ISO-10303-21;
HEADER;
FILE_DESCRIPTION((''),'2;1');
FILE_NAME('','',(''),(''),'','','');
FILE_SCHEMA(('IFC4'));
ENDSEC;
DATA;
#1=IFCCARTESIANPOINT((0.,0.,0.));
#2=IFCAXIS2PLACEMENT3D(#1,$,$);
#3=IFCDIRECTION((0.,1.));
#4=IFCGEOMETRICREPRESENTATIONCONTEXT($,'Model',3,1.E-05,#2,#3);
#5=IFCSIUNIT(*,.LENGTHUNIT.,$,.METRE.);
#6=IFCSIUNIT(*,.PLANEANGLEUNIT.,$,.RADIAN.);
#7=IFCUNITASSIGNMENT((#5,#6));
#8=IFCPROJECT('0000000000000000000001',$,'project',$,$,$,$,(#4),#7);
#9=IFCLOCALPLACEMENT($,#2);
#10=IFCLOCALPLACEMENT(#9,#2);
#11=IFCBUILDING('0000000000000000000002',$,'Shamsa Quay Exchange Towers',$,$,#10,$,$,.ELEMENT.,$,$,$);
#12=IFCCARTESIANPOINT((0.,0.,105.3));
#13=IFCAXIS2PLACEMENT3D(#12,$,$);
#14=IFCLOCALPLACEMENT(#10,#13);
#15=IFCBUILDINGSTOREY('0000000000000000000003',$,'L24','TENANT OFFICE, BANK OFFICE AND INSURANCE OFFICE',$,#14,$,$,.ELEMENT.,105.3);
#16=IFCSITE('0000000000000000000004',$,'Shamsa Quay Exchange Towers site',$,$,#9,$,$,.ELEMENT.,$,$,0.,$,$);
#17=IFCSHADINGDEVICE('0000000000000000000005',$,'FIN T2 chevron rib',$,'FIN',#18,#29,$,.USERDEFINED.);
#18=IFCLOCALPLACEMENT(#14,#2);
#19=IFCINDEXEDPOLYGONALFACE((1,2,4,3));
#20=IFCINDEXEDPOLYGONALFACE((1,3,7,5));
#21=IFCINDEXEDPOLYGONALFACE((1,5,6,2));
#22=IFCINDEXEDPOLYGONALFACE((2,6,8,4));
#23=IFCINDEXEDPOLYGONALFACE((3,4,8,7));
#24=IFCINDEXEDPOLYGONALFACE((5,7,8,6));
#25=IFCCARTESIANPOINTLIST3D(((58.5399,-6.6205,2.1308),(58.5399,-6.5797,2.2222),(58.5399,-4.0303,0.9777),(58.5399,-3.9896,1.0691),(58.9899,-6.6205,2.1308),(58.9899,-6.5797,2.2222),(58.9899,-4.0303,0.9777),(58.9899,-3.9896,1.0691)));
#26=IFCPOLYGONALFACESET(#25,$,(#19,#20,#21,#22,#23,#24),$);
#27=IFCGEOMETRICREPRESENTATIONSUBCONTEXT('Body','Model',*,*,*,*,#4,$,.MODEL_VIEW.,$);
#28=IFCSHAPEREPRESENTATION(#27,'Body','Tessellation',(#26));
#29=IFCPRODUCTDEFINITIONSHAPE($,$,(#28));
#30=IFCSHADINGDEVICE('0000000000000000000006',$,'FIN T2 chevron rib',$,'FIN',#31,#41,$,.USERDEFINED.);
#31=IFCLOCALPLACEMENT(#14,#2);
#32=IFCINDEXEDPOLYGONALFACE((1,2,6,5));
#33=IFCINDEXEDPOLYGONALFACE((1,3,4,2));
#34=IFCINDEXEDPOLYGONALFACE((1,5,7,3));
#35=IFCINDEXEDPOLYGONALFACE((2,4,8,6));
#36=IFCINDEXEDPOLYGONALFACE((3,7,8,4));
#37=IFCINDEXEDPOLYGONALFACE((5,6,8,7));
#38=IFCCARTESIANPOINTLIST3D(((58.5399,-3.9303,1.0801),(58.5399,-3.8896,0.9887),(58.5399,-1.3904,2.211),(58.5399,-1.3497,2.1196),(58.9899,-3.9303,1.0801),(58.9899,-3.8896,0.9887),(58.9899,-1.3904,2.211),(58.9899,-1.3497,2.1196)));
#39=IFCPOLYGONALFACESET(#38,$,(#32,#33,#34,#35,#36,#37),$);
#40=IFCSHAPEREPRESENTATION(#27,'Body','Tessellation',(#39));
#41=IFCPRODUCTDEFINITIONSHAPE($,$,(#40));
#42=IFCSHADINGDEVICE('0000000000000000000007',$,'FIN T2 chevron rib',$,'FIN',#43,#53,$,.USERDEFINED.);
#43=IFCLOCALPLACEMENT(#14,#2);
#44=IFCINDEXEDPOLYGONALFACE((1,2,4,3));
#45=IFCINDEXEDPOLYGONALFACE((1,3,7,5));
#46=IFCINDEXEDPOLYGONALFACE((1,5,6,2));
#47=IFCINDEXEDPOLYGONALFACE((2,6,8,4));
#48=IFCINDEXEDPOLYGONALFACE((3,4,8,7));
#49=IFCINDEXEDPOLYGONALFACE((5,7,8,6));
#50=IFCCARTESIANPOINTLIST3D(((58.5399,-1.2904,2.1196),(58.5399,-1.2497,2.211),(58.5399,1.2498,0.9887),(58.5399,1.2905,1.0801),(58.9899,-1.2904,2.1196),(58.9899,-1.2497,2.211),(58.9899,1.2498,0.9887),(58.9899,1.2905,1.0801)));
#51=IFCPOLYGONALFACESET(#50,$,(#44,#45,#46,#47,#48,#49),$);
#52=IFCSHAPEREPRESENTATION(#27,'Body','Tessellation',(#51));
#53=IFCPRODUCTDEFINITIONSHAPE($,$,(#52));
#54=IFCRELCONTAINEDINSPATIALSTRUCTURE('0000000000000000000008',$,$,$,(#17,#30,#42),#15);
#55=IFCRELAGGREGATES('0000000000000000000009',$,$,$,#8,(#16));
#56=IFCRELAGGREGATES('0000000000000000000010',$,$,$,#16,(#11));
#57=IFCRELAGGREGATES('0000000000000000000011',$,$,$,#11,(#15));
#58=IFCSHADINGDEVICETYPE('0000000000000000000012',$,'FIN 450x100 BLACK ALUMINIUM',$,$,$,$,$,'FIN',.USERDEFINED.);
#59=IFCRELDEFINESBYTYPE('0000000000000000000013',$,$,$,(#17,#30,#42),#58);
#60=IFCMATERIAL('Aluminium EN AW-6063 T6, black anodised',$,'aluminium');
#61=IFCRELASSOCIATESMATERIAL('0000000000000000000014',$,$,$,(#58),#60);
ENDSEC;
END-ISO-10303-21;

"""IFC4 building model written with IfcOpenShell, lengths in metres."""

from ifc_helpers import new_model, si_unit, direction, frame, origin, origin_2d, place, context, subcontext, project, spatial, rectangle, extrude, material, material_profile, profile_set, type_object, element, save


model = new_model("IFC4")

# Units and contexts
model_context = context("Model", 3, precision=1e-05, world=origin(), true_north=direction((0.0, 1.0)))
body_context = subcontext(model_context, "Body", "Model", "MODEL_VIEW")
ifc_project = project(units=[si_unit("LENGTHUNIT", "METRE"), si_unit("PLANEANGLEUNIT", "RADIAN")], contexts=[model_context])

# Site, building, storey
site_placement = place(None, origin())
site = spatial("IfcSite", under=ifc_project, at=site_placement, Name="Shamsa Quay Exchange Towers site", CompositionType="ELEMENT", RefElevation=0.0)
building_placement = place(site_placement, origin())
building = spatial("IfcBuilding", under=site, at=building_placement, Name="Shamsa Quay Exchange Towers", CompositionType="ELEMENT")
storey_placement = place(building_placement, frame((0.0, 0.0, 105.3)))
storey = spatial("IfcBuildingStorey", under=building, at=storey_placement, Name="L24", Description="TENANT OFFICE, BANK OFFICE AND INSURANCE OFFICE", CompositionType="ELEMENT", Elevation=105.3)

# Shared definitions
ifc_material_1 = material(Name="Aluminium EN AW-6063 T6, black anodised", Category="aluminium")

# Shading devices
ifc_material_profile_1 = material_profile(ifc_material_1, rectangle(XDim=0.45, YDim=0.1001, at=origin_2d()), Name="FIN450x100")
ifc_profile_set_1 = profile_set([ifc_material_profile_1], Name="Aluminium EN AW-6063 T6, black anodised")
shading_device_type = type_object("IfcShadingDeviceType", Name="FIN 450x100 BLACK ALUMINIUM", ElementType="FIN", PredefinedType="USERDEFINED", material=ifc_profile_set_1)
shading_device_1_placement = place(storey_placement, frame((58.7649, -6.6001, 2.1765), z_axis=(0.0, 0.913559, -0.406706), x_axis=(-1.0, 0.0, 0.0)))
element("IfcShadingDevice", 1, at=shading_device_1_placement, inside=storey, type_object=shading_device_type, Name="FIN T2 chevron rib", ObjectType="FIN", PredefinedType="USERDEFINED", context=body_context, shape_type="SweptSolid", body=[
    extrude(rectangle(XDim=0.45, YDim=0.1001, at=origin_2d()), origin(), (0.0, 0.0, 1.0), 2.8352),
])
shading_device_2_placement = place(storey_placement, frame((58.7649, -3.9099, 1.0344), z_axis=(0.0, 0.913536, 0.406758), x_axis=(-1.0, 0.0, 0.0)))
element("IfcShadingDevice", 2, at=shading_device_2_placement, inside=storey, type_object=shading_device_type, Name="FIN T2 chevron rib", ObjectType="FIN", PredefinedType="USERDEFINED", context=body_context, shape_type="SweptSolid", body=[
    extrude(rectangle(XDim=0.45, YDim=0.1001, at=origin_2d()), origin(), (0.0, 0.0, 1.0), 2.7803),
])
shading_device_3_placement = place(storey_placement, frame((58.7649, -1.27, 2.1653), z_axis=(0.0, 0.913551, -0.406725), x_axis=(-1.0, 0.0, 0.0)))
element("IfcShadingDevice", 3, at=shading_device_3_placement, inside=storey, type_object=shading_device_type, Name="FIN T2 chevron rib", ObjectType="FIN", PredefinedType="USERDEFINED", context=body_context, shape_type="SweptSolid", body=[
    extrude(rectangle(XDim=0.45, YDim=0.1001, at=origin_2d()), origin(), (0.0, 0.0, 1.0), 2.7805),
])

save(model, "model.ifc")
